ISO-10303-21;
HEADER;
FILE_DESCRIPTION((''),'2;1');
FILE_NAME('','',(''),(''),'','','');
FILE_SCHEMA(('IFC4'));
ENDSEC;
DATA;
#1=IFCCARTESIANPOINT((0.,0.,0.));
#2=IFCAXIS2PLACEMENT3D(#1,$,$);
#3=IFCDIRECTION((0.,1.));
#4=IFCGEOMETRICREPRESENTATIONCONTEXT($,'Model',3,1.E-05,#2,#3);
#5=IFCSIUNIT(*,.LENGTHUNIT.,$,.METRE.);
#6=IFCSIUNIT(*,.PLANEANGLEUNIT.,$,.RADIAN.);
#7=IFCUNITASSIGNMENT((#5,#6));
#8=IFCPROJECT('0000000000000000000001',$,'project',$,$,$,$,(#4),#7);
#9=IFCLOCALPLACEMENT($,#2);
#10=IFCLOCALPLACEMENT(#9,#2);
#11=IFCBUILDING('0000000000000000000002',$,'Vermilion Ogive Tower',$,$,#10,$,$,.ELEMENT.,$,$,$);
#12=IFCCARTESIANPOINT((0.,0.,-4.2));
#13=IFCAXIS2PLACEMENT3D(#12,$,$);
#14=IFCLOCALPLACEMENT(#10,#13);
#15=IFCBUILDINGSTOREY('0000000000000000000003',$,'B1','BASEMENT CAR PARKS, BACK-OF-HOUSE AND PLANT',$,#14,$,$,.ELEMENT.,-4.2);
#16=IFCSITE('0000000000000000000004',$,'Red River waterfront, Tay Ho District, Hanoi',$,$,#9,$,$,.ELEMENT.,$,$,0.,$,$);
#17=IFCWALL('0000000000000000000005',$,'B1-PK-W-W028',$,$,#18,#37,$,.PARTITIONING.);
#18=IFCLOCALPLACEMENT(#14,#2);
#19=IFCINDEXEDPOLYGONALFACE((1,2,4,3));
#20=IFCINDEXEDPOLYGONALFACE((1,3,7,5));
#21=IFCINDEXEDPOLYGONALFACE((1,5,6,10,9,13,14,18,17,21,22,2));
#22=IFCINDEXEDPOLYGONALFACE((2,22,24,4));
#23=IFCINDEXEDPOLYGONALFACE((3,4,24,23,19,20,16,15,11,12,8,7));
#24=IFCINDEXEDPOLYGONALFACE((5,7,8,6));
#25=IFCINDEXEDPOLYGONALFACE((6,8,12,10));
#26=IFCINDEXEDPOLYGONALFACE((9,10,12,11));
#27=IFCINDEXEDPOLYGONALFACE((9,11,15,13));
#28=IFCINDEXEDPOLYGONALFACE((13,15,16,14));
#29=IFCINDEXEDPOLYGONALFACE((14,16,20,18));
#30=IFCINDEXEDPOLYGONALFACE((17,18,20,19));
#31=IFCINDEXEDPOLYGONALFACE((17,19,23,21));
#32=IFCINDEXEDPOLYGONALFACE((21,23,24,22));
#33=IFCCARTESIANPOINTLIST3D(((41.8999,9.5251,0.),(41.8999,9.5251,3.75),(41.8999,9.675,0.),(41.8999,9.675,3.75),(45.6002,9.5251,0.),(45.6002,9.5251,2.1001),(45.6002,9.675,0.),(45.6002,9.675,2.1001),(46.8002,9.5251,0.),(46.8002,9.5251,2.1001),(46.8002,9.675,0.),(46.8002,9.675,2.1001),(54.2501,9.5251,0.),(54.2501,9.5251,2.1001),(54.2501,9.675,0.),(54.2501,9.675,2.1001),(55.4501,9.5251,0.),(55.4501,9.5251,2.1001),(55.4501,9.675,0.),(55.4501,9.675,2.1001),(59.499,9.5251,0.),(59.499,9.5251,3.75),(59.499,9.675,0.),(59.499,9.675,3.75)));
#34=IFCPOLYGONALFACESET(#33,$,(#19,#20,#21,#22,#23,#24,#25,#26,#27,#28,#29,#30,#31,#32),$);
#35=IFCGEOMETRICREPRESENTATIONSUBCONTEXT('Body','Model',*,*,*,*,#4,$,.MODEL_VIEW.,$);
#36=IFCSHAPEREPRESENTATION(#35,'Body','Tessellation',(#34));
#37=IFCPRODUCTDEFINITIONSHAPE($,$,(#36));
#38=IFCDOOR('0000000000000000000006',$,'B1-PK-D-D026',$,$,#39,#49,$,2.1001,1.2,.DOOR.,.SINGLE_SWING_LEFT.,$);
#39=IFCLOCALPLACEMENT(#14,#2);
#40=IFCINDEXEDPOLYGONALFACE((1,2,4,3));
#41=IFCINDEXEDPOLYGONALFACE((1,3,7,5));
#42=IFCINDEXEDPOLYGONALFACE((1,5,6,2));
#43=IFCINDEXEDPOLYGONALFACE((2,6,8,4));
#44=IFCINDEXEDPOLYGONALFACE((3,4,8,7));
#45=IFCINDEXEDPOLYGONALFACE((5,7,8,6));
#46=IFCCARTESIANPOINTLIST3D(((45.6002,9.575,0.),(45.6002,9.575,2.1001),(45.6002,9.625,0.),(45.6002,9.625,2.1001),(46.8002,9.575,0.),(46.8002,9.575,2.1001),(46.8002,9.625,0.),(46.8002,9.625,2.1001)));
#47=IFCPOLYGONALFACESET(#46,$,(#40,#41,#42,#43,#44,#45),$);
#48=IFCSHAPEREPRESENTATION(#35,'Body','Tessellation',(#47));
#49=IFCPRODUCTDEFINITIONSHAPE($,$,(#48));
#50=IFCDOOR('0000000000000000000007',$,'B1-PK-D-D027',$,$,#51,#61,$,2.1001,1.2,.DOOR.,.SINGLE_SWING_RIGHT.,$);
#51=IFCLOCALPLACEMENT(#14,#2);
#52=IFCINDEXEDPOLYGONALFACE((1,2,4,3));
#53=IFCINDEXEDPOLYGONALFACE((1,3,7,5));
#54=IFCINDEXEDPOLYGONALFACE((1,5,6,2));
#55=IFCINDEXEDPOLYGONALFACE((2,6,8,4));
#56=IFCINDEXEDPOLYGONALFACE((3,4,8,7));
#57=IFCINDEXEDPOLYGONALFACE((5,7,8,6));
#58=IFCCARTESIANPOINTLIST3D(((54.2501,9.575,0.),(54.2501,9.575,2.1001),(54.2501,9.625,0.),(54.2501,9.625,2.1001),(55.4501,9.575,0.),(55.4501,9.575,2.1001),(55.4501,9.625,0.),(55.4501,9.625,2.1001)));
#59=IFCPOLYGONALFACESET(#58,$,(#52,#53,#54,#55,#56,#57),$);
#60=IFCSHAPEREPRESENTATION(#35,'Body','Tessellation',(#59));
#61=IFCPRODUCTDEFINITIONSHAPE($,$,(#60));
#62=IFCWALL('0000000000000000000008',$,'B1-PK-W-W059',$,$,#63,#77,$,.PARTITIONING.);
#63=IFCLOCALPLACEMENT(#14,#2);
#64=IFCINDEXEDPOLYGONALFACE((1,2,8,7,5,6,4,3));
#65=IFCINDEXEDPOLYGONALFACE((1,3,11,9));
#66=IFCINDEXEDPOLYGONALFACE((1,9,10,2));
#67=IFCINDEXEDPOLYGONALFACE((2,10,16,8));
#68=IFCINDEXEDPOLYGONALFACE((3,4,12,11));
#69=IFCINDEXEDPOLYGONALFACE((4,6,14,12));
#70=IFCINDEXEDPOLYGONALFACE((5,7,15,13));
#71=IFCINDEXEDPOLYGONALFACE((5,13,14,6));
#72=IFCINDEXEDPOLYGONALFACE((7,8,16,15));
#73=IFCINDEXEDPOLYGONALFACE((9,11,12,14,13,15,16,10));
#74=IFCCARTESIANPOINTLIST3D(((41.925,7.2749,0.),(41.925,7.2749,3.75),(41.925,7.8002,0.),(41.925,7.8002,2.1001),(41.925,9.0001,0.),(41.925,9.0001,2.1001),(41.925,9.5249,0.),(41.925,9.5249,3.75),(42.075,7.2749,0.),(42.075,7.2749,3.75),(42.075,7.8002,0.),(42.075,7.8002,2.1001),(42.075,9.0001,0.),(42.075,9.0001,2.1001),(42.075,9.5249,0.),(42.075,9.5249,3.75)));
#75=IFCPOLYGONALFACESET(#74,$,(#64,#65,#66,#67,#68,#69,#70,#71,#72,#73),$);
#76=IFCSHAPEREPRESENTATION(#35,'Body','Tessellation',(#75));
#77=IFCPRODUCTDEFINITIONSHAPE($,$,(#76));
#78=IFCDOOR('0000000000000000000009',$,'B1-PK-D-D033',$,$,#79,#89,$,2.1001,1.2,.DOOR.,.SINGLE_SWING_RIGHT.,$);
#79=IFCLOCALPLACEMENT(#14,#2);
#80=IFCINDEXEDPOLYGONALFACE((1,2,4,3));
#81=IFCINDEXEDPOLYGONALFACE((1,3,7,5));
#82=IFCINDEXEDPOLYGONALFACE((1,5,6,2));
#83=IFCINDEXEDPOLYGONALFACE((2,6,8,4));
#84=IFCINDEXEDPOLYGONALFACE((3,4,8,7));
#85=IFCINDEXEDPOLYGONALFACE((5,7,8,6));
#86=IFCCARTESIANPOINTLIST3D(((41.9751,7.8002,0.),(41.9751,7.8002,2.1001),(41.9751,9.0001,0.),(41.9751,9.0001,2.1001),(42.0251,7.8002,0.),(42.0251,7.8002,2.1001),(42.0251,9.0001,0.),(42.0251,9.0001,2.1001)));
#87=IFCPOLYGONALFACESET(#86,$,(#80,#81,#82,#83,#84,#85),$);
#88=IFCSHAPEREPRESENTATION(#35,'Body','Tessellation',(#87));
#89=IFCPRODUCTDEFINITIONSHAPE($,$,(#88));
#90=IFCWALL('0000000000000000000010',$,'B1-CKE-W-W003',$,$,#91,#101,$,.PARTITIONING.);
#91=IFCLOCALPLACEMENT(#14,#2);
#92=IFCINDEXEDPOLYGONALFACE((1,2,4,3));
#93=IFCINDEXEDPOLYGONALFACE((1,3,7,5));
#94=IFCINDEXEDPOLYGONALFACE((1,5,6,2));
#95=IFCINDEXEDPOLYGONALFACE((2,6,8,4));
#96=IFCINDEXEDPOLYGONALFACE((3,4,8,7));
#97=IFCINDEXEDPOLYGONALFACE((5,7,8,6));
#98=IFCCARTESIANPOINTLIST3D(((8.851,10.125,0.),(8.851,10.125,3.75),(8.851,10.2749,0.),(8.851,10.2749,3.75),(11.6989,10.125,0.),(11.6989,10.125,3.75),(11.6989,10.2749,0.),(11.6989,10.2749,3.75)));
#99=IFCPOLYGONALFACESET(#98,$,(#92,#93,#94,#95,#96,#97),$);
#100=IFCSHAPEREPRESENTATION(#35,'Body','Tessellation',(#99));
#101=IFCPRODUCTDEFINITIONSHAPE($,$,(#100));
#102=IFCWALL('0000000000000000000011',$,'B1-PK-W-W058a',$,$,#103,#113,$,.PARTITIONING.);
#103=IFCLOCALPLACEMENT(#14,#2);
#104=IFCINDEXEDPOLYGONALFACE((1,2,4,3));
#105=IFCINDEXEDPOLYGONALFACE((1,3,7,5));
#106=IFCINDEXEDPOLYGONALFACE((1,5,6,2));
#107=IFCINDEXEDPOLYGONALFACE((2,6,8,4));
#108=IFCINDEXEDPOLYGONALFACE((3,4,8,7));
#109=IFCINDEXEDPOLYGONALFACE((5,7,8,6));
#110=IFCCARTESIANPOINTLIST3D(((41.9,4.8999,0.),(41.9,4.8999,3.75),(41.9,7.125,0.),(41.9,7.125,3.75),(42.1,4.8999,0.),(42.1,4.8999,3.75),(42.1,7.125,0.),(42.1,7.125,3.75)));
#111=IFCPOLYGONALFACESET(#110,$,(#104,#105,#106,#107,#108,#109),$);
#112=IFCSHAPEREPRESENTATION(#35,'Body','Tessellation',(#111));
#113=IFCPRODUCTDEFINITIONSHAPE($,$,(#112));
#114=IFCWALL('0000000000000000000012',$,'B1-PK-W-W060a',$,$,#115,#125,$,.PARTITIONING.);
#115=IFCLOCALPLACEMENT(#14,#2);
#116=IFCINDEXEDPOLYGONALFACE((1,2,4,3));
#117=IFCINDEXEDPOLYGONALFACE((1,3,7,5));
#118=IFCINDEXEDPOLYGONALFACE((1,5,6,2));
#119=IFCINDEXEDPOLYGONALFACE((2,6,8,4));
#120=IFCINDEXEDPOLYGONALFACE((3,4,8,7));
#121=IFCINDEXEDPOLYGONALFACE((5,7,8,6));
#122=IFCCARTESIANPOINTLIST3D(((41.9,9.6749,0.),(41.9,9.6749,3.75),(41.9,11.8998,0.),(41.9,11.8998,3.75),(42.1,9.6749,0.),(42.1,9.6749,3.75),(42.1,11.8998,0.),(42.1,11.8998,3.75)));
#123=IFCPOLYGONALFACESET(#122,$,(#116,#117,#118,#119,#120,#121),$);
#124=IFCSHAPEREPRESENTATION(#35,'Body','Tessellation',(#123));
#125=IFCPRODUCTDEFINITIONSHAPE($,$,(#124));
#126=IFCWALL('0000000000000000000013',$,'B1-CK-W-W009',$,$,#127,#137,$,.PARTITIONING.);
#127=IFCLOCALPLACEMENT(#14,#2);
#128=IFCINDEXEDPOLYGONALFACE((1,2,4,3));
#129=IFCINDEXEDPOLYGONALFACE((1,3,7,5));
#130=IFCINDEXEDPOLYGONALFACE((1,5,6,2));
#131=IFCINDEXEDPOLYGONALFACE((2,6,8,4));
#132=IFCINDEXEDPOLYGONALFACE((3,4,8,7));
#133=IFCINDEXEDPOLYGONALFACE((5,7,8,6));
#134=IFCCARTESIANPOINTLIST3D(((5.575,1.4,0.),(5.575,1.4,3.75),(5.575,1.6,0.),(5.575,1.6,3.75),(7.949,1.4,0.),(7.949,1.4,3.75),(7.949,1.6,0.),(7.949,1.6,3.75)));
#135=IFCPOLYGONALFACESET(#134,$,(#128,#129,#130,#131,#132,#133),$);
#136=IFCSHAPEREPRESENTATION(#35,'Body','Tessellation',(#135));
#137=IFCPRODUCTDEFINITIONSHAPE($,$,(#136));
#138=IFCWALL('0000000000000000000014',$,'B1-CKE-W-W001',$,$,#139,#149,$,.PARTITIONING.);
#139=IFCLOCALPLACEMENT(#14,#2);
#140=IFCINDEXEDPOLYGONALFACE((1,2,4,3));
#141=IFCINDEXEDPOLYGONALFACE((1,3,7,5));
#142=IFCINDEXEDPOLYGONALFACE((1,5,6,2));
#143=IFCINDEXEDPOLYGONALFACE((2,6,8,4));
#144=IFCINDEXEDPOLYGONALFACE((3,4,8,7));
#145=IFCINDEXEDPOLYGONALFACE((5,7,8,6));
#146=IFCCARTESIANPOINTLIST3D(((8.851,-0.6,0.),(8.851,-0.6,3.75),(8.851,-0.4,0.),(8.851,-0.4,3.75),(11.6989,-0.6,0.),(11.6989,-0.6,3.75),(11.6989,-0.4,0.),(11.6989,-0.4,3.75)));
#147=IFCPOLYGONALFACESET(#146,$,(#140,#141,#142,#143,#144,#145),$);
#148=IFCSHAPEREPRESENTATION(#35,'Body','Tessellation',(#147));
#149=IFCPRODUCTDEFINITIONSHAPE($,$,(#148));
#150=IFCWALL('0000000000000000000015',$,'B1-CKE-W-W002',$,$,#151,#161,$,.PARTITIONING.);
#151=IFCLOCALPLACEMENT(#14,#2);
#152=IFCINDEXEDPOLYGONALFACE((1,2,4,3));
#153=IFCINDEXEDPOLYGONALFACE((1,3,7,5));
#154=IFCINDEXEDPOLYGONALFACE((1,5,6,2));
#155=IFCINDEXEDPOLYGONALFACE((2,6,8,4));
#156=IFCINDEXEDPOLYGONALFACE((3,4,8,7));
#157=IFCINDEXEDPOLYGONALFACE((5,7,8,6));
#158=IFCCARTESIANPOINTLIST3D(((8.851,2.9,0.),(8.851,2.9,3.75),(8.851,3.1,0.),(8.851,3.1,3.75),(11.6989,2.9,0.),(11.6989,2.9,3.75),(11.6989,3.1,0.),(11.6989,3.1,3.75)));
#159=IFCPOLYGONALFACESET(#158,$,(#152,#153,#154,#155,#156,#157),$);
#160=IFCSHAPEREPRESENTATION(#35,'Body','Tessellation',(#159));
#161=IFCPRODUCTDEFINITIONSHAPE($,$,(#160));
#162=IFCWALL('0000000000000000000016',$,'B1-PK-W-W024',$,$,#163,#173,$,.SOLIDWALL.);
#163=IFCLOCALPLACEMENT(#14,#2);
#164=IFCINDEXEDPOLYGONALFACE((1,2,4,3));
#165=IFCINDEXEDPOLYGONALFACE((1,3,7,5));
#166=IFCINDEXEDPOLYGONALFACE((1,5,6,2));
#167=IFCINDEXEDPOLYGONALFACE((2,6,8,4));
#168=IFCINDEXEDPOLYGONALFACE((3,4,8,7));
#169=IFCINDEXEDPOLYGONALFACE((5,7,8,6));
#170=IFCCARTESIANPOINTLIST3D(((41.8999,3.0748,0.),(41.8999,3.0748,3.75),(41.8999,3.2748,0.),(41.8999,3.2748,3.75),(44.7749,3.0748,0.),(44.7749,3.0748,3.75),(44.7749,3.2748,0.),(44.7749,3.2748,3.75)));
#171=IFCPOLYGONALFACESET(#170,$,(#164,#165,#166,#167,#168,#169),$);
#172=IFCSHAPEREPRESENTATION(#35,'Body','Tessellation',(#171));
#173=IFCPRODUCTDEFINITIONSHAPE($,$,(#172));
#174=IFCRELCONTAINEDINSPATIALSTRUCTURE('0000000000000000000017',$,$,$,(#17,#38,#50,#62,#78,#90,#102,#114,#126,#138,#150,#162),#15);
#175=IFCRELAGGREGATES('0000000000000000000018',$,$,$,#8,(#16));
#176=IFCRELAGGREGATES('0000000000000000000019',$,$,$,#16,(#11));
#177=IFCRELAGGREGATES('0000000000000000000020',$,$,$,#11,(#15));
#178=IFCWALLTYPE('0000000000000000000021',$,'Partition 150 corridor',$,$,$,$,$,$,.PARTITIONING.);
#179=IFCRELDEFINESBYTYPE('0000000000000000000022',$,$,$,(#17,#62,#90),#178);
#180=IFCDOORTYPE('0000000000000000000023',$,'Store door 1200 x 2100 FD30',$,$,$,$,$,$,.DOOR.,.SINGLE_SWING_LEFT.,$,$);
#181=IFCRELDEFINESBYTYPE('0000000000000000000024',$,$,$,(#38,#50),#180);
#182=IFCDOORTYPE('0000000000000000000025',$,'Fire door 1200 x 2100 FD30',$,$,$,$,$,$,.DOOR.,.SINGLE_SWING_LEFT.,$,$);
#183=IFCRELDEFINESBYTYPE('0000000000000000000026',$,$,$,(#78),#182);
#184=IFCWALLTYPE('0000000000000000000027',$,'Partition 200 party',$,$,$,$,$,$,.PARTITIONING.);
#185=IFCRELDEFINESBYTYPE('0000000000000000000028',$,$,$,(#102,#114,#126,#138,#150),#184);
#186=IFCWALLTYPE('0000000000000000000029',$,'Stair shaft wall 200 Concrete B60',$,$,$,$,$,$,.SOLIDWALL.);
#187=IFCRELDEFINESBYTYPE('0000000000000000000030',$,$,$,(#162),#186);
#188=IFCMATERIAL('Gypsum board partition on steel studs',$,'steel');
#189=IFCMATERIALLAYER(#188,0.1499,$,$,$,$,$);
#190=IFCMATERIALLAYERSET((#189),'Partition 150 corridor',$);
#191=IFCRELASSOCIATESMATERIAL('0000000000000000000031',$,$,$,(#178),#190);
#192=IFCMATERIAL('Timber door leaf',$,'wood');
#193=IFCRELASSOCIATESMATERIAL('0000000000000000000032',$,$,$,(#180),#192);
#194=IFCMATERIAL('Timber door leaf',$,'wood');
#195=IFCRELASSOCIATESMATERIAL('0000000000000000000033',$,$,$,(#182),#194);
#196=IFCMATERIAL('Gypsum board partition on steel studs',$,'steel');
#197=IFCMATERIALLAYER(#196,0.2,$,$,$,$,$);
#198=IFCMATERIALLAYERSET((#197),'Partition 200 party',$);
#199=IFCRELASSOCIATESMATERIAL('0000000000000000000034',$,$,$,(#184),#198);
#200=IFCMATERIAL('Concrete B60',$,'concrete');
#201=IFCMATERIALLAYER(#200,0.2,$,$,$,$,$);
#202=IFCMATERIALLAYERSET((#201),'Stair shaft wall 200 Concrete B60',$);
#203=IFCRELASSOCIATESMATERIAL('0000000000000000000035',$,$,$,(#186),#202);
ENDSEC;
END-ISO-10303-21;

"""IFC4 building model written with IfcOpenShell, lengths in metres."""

from ifc_helpers import new_model, si_unit, direction, frame, frame_2d, origin, place, context, subcontext, project, spatial, rectangle, extrude, material, layer, layer_set, type_object, element, fill, save


model = new_model("IFC4")

# Units and contexts
model_context = context("Model", 3, precision=1e-05, world=origin(), true_north=direction((0.0, 1.0)))
body_context = subcontext(model_context, "Body", "Model", "MODEL_VIEW")
ifc_project = project(units=[si_unit("LENGTHUNIT", "METRE"), si_unit("PLANEANGLEUNIT", "RADIAN")], contexts=[model_context])

# Site, building, storey
site_placement = place(None, origin())
site = spatial("IfcSite", under=ifc_project, at=site_placement, Name="Red River waterfront, Tay Ho District, Hanoi", CompositionType="ELEMENT", RefElevation=0.0)
building_placement = place(site_placement, origin())
building = spatial("IfcBuilding", under=site, at=building_placement, Name="Vermilion Ogive Tower", CompositionType="ELEMENT")
storey_placement = place(building_placement, frame((0.0, 0.0, -4.2)))
storey = spatial("IfcBuildingStorey", under=building, at=storey_placement, Name="B1", Description="BASEMENT CAR PARKS, BACK-OF-HOUSE AND PLANT", CompositionType="ELEMENT", Elevation=-4.2)

# Wall, openings, doors
ifc_material_1 = material(Name="Gypsum board partition on steel studs", Category="steel")
ifc_layer_1 = layer(ifc_material_1, 0.1499)
ifc_layer_set_1 = layer_set([ifc_layer_1], Name="Partition 150 corridor")
wall_type_1 = type_object("IfcWallType", Name="Partition 150 corridor", PredefinedType="PARTITIONING", material=ifc_layer_set_1)
ifc_material_2 = material(Name="Timber door leaf", Category="wood")
door_type_1 = type_object("IfcDoorType", Name="Store door 1200 x 2100 FD30", OperationType="SINGLE_SWING_LEFT", PredefinedType="DOOR", material=ifc_material_2)
wall_1_placement = place(storey_placement, frame((41.8999, 9.6001, 0.0), z_axis=(0.0, 0.0, 1.0), x_axis=(1.0, 0.0, 0.0)))
wall_1 = element("IfcWall", 1, at=wall_1_placement, inside=storey, type_object=wall_type_1, Name="B1-PK-W-W028", PredefinedType="PARTITIONING", context=body_context, shape_type="SweptSolid", body=[
    extrude(rectangle(XDim=17.5991, YDim=0.1499, at=frame_2d((8.7996, 0.0))), origin(), (0.0, 0.0, 1.0), 3.75),
])
opening_1_placement = place(wall_1_placement, frame((3.7002, 0.0, 0.0)))
opening_1 = element("IfcOpeningElement", 2, at=opening_1_placement, cuts=wall_1, PredefinedType="OPENING", context=body_context, shape_type="SweptSolid", body=[
    extrude(rectangle(XDim=1.2, YDim=2.1001, at=frame_2d((0.6001, 1.05))), frame((0.0, 0.085, 0.0), z_axis=(0.0, -1.0, 0.0), x_axis=(1.0, 0.0, 0.0)), (0.0, 0.0, 1.0), 0.1699),
])
opening_2_placement = place(wall_1_placement, frame((12.3501, 0.0, 0.0)))
opening_2 = element("IfcOpeningElement", 3, at=opening_2_placement, cuts=wall_1, PredefinedType="OPENING", context=body_context, shape_type="SweptSolid", body=[
    extrude(rectangle(XDim=1.2, YDim=2.1001, at=frame_2d((0.6001, 1.05))), frame((0.0, 0.085, 0.0), z_axis=(0.0, -1.0, 0.0), x_axis=(1.0, 0.0, 0.0)), (0.0, 0.0, 1.0), 0.1699),
])
door_1_placement = place(opening_1_placement, origin())
door_1 = element("IfcDoor", 4, at=door_1_placement, inside=storey, type_object=door_type_1, Name="B1-PK-D-D026", OperationType="SINGLE_SWING_LEFT", OverallHeight=2.1001, OverallWidth=1.2, PredefinedType="DOOR", context=body_context, shape_type="SweptSolid", body=[
    extrude(rectangle(XDim=1.2, YDim=2.1001, at=frame_2d((0.6001, 1.05))), frame((0.0, 0.0249, 0.0), z_axis=(0.0, -1.0, 0.0), x_axis=(1.0, 0.0, 0.0)), (0.0, 0.0, 1.0), 0.05),
])
fill(opening_1, door_1)
door_2_placement = place(opening_2_placement, origin())
door_2 = element("IfcDoor", 5, at=door_2_placement, inside=storey, type_object=door_type_1, Name="B1-PK-D-D027", OperationType="SINGLE_SWING_RIGHT", OverallHeight=2.1001, OverallWidth=1.2, PredefinedType="DOOR", context=body_context, shape_type="SweptSolid", body=[
    extrude(rectangle(XDim=1.2, YDim=2.1001, at=frame_2d((0.6001, 1.05))), frame((0.0, 0.0249, 0.0), z_axis=(0.0, -1.0, 0.0), x_axis=(1.0, 0.0, 0.0)), (0.0, 0.0, 1.0), 0.05),
])
fill(opening_2, door_2)

# Wall, opening, door
wall_2_placement = place(storey_placement, frame((42.0, 7.2749, 0.0), z_axis=(0.0, 0.0, 1.0), x_axis=(0.0, 1.0, 0.0)))
wall_2 = element("IfcWall", 6, at=wall_2_placement, inside=storey, type_object=wall_type_1, Name="B1-PK-W-W059", PredefinedType="PARTITIONING", context=body_context, shape_type="SweptSolid", body=[
    extrude(rectangle(XDim=2.25, YDim=0.1499, at=frame_2d((1.125, 0.0))), origin(), (0.0, 0.0, 1.0), 3.75),
])
opening_3_placement = place(wall_2_placement, frame((0.5251, 0.0, 0.0)))
opening_3 = element("IfcOpeningElement", 7, at=opening_3_placement, cuts=wall_2, PredefinedType="OPENING", context=body_context, shape_type="SweptSolid", body=[
    extrude(rectangle(XDim=1.2, YDim=2.1001, at=frame_2d((0.6001, 1.05))), frame((0.0, 0.085, 0.0), z_axis=(0.0, -1.0, 0.0), x_axis=(1.0, 0.0, 0.0)), (0.0, 0.0, 1.0), 0.1699),
])
ifc_material_3 = material(Name="Timber door leaf", Category="wood")
door_type_2 = type_object("IfcDoorType", Name="Fire door 1200 x 2100 FD30", OperationType="SINGLE_SWING_LEFT", PredefinedType="DOOR", material=ifc_material_3)
door_3_placement = place(opening_3_placement, origin())
door_3 = element("IfcDoor", 8, at=door_3_placement, inside=storey, type_object=door_type_2, Name="B1-PK-D-D033", OperationType="SINGLE_SWING_RIGHT", OverallHeight=2.1001, OverallWidth=1.2, PredefinedType="DOOR", context=body_context, shape_type="SweptSolid", body=[
    extrude(rectangle(XDim=1.2, YDim=2.1001, at=frame_2d((0.6001, 1.05))), frame((0.0, 0.0249, 0.0), z_axis=(0.0, -1.0, 0.0), x_axis=(1.0, 0.0, 0.0)), (0.0, 0.0, 1.0), 0.05),
])
fill(opening_3, door_3)

# Walls
wall_3_placement = place(storey_placement, frame((8.8511, 10.2, 0.0), z_axis=(0.0, 0.0, 1.0), x_axis=(1.0, 0.0, 0.0)))
element("IfcWall", 9, at=wall_3_placement, inside=storey, type_object=wall_type_1, Name="B1-CKE-W-W003", PredefinedType="PARTITIONING", context=body_context, shape_type="SweptSolid", body=[
    extrude(rectangle(XDim=2.8479, YDim=0.1499, at=frame_2d((1.4238, 0.0))), origin(), (0.0, 0.0, 1.0), 3.75),
])
ifc_material_4 = material(Name="Gypsum board partition on steel studs", Category="steel")
ifc_layer_2 = layer(ifc_material_4, 0.2)
ifc_layer_set_2 = layer_set([ifc_layer_2], Name="Partition 200 party")
wall_type_2 = type_object("IfcWallType", Name="Partition 200 party", PredefinedType="PARTITIONING", material=ifc_layer_set_2)
wall_4_placement = place(storey_placement, frame((42.0, 4.8999, 0.0), z_axis=(0.0, 0.0, 1.0), x_axis=(0.0, 1.0, 0.0)))
element("IfcWall", 10, at=wall_4_placement, inside=storey, type_object=wall_type_2, Name="B1-PK-W-W058a", PredefinedType="PARTITIONING", context=body_context, shape_type="SweptSolid", body=[
    extrude(rectangle(XDim=2.2251, YDim=0.2, at=frame_2d((1.1125, 0.0))), origin(), (0.0, 0.0, 1.0), 3.75),
])
wall_5_placement = place(storey_placement, frame((42.0, 9.675, 0.0), z_axis=(0.0, 0.0, 1.0), x_axis=(0.0, 1.0, 0.0)))
element("IfcWall", 11, at=wall_5_placement, inside=storey, type_object=wall_type_2, Name="B1-PK-W-W060a", PredefinedType="PARTITIONING", context=body_context, shape_type="SweptSolid", body=[
    extrude(rectangle(XDim=2.2249, YDim=0.2, at=frame_2d((1.1123, 0.0))), origin(), (0.0, 0.0, 1.0), 3.75),
])
wall_6_placement = place(storey_placement, frame((5.575, 1.5, 0.0), z_axis=(0.0, 0.0, 1.0), x_axis=(1.0, 0.0, 0.0)))
element("IfcWall", 12, at=wall_6_placement, inside=storey, type_object=wall_type_2, Name="B1-CK-W-W009", PredefinedType="PARTITIONING", context=body_context, shape_type="SweptSolid", body=[
    extrude(rectangle(XDim=2.374, YDim=0.2, at=frame_2d((1.187, 0.0))), origin(), (0.0, 0.0, 1.0), 3.75),
])
for number, where, z_axis, x_axis, name in (
    (13, (8.8511, -0.5, 0.0), (0.0, 0.0, 1.0), (1.0, 0.0, 0.0), "B1-CKE-W-W001"),
    (14, (8.8511, 3.0, 0.0), (0.0, 0.0, 1.0), (1.0, 0.0, 0.0), "B1-CKE-W-W002"),
):
    element("IfcWall", number, at=place(storey_placement, frame(where, z_axis=z_axis, x_axis=x_axis)), inside=storey, type_object=wall_type_2, Name=name, PredefinedType="PARTITIONING", context=body_context, shape_type="SweptSolid", body=[
        extrude(rectangle(XDim=2.8479, YDim=0.2, at=frame_2d((1.4238, 0.0))), origin(), (0.0, 0.0, 1.0), 3.75),
    ])
ifc_material_5 = material(Name="Concrete B60", Category="concrete")
ifc_layer_3 = layer(ifc_material_5, 0.2)
ifc_layer_set_3 = layer_set([ifc_layer_3], Name="Stair shaft wall 200 Concrete B60")
wall_type_3 = type_object("IfcWallType", Name="Stair shaft wall 200 Concrete B60", PredefinedType="SOLIDWALL", material=ifc_layer_set_3)
wall_7_placement = place(storey_placement, frame((41.8999, 3.1748, 0.0), z_axis=(0.0, 0.0, 1.0), x_axis=(1.0, 0.0, 0.0)))
element("IfcWall", 15, at=wall_7_placement, inside=storey, type_object=wall_type_3, Name="B1-PK-W-W024", PredefinedType="SOLIDWALL", context=body_context, shape_type="SweptSolid", body=[
    extrude(rectangle(XDim=2.875, YDim=0.2, at=frame_2d((1.4375, 0.0))), origin(), (0.0, 0.0, 1.0), 3.75),
])

save(model, "model.ifc")
